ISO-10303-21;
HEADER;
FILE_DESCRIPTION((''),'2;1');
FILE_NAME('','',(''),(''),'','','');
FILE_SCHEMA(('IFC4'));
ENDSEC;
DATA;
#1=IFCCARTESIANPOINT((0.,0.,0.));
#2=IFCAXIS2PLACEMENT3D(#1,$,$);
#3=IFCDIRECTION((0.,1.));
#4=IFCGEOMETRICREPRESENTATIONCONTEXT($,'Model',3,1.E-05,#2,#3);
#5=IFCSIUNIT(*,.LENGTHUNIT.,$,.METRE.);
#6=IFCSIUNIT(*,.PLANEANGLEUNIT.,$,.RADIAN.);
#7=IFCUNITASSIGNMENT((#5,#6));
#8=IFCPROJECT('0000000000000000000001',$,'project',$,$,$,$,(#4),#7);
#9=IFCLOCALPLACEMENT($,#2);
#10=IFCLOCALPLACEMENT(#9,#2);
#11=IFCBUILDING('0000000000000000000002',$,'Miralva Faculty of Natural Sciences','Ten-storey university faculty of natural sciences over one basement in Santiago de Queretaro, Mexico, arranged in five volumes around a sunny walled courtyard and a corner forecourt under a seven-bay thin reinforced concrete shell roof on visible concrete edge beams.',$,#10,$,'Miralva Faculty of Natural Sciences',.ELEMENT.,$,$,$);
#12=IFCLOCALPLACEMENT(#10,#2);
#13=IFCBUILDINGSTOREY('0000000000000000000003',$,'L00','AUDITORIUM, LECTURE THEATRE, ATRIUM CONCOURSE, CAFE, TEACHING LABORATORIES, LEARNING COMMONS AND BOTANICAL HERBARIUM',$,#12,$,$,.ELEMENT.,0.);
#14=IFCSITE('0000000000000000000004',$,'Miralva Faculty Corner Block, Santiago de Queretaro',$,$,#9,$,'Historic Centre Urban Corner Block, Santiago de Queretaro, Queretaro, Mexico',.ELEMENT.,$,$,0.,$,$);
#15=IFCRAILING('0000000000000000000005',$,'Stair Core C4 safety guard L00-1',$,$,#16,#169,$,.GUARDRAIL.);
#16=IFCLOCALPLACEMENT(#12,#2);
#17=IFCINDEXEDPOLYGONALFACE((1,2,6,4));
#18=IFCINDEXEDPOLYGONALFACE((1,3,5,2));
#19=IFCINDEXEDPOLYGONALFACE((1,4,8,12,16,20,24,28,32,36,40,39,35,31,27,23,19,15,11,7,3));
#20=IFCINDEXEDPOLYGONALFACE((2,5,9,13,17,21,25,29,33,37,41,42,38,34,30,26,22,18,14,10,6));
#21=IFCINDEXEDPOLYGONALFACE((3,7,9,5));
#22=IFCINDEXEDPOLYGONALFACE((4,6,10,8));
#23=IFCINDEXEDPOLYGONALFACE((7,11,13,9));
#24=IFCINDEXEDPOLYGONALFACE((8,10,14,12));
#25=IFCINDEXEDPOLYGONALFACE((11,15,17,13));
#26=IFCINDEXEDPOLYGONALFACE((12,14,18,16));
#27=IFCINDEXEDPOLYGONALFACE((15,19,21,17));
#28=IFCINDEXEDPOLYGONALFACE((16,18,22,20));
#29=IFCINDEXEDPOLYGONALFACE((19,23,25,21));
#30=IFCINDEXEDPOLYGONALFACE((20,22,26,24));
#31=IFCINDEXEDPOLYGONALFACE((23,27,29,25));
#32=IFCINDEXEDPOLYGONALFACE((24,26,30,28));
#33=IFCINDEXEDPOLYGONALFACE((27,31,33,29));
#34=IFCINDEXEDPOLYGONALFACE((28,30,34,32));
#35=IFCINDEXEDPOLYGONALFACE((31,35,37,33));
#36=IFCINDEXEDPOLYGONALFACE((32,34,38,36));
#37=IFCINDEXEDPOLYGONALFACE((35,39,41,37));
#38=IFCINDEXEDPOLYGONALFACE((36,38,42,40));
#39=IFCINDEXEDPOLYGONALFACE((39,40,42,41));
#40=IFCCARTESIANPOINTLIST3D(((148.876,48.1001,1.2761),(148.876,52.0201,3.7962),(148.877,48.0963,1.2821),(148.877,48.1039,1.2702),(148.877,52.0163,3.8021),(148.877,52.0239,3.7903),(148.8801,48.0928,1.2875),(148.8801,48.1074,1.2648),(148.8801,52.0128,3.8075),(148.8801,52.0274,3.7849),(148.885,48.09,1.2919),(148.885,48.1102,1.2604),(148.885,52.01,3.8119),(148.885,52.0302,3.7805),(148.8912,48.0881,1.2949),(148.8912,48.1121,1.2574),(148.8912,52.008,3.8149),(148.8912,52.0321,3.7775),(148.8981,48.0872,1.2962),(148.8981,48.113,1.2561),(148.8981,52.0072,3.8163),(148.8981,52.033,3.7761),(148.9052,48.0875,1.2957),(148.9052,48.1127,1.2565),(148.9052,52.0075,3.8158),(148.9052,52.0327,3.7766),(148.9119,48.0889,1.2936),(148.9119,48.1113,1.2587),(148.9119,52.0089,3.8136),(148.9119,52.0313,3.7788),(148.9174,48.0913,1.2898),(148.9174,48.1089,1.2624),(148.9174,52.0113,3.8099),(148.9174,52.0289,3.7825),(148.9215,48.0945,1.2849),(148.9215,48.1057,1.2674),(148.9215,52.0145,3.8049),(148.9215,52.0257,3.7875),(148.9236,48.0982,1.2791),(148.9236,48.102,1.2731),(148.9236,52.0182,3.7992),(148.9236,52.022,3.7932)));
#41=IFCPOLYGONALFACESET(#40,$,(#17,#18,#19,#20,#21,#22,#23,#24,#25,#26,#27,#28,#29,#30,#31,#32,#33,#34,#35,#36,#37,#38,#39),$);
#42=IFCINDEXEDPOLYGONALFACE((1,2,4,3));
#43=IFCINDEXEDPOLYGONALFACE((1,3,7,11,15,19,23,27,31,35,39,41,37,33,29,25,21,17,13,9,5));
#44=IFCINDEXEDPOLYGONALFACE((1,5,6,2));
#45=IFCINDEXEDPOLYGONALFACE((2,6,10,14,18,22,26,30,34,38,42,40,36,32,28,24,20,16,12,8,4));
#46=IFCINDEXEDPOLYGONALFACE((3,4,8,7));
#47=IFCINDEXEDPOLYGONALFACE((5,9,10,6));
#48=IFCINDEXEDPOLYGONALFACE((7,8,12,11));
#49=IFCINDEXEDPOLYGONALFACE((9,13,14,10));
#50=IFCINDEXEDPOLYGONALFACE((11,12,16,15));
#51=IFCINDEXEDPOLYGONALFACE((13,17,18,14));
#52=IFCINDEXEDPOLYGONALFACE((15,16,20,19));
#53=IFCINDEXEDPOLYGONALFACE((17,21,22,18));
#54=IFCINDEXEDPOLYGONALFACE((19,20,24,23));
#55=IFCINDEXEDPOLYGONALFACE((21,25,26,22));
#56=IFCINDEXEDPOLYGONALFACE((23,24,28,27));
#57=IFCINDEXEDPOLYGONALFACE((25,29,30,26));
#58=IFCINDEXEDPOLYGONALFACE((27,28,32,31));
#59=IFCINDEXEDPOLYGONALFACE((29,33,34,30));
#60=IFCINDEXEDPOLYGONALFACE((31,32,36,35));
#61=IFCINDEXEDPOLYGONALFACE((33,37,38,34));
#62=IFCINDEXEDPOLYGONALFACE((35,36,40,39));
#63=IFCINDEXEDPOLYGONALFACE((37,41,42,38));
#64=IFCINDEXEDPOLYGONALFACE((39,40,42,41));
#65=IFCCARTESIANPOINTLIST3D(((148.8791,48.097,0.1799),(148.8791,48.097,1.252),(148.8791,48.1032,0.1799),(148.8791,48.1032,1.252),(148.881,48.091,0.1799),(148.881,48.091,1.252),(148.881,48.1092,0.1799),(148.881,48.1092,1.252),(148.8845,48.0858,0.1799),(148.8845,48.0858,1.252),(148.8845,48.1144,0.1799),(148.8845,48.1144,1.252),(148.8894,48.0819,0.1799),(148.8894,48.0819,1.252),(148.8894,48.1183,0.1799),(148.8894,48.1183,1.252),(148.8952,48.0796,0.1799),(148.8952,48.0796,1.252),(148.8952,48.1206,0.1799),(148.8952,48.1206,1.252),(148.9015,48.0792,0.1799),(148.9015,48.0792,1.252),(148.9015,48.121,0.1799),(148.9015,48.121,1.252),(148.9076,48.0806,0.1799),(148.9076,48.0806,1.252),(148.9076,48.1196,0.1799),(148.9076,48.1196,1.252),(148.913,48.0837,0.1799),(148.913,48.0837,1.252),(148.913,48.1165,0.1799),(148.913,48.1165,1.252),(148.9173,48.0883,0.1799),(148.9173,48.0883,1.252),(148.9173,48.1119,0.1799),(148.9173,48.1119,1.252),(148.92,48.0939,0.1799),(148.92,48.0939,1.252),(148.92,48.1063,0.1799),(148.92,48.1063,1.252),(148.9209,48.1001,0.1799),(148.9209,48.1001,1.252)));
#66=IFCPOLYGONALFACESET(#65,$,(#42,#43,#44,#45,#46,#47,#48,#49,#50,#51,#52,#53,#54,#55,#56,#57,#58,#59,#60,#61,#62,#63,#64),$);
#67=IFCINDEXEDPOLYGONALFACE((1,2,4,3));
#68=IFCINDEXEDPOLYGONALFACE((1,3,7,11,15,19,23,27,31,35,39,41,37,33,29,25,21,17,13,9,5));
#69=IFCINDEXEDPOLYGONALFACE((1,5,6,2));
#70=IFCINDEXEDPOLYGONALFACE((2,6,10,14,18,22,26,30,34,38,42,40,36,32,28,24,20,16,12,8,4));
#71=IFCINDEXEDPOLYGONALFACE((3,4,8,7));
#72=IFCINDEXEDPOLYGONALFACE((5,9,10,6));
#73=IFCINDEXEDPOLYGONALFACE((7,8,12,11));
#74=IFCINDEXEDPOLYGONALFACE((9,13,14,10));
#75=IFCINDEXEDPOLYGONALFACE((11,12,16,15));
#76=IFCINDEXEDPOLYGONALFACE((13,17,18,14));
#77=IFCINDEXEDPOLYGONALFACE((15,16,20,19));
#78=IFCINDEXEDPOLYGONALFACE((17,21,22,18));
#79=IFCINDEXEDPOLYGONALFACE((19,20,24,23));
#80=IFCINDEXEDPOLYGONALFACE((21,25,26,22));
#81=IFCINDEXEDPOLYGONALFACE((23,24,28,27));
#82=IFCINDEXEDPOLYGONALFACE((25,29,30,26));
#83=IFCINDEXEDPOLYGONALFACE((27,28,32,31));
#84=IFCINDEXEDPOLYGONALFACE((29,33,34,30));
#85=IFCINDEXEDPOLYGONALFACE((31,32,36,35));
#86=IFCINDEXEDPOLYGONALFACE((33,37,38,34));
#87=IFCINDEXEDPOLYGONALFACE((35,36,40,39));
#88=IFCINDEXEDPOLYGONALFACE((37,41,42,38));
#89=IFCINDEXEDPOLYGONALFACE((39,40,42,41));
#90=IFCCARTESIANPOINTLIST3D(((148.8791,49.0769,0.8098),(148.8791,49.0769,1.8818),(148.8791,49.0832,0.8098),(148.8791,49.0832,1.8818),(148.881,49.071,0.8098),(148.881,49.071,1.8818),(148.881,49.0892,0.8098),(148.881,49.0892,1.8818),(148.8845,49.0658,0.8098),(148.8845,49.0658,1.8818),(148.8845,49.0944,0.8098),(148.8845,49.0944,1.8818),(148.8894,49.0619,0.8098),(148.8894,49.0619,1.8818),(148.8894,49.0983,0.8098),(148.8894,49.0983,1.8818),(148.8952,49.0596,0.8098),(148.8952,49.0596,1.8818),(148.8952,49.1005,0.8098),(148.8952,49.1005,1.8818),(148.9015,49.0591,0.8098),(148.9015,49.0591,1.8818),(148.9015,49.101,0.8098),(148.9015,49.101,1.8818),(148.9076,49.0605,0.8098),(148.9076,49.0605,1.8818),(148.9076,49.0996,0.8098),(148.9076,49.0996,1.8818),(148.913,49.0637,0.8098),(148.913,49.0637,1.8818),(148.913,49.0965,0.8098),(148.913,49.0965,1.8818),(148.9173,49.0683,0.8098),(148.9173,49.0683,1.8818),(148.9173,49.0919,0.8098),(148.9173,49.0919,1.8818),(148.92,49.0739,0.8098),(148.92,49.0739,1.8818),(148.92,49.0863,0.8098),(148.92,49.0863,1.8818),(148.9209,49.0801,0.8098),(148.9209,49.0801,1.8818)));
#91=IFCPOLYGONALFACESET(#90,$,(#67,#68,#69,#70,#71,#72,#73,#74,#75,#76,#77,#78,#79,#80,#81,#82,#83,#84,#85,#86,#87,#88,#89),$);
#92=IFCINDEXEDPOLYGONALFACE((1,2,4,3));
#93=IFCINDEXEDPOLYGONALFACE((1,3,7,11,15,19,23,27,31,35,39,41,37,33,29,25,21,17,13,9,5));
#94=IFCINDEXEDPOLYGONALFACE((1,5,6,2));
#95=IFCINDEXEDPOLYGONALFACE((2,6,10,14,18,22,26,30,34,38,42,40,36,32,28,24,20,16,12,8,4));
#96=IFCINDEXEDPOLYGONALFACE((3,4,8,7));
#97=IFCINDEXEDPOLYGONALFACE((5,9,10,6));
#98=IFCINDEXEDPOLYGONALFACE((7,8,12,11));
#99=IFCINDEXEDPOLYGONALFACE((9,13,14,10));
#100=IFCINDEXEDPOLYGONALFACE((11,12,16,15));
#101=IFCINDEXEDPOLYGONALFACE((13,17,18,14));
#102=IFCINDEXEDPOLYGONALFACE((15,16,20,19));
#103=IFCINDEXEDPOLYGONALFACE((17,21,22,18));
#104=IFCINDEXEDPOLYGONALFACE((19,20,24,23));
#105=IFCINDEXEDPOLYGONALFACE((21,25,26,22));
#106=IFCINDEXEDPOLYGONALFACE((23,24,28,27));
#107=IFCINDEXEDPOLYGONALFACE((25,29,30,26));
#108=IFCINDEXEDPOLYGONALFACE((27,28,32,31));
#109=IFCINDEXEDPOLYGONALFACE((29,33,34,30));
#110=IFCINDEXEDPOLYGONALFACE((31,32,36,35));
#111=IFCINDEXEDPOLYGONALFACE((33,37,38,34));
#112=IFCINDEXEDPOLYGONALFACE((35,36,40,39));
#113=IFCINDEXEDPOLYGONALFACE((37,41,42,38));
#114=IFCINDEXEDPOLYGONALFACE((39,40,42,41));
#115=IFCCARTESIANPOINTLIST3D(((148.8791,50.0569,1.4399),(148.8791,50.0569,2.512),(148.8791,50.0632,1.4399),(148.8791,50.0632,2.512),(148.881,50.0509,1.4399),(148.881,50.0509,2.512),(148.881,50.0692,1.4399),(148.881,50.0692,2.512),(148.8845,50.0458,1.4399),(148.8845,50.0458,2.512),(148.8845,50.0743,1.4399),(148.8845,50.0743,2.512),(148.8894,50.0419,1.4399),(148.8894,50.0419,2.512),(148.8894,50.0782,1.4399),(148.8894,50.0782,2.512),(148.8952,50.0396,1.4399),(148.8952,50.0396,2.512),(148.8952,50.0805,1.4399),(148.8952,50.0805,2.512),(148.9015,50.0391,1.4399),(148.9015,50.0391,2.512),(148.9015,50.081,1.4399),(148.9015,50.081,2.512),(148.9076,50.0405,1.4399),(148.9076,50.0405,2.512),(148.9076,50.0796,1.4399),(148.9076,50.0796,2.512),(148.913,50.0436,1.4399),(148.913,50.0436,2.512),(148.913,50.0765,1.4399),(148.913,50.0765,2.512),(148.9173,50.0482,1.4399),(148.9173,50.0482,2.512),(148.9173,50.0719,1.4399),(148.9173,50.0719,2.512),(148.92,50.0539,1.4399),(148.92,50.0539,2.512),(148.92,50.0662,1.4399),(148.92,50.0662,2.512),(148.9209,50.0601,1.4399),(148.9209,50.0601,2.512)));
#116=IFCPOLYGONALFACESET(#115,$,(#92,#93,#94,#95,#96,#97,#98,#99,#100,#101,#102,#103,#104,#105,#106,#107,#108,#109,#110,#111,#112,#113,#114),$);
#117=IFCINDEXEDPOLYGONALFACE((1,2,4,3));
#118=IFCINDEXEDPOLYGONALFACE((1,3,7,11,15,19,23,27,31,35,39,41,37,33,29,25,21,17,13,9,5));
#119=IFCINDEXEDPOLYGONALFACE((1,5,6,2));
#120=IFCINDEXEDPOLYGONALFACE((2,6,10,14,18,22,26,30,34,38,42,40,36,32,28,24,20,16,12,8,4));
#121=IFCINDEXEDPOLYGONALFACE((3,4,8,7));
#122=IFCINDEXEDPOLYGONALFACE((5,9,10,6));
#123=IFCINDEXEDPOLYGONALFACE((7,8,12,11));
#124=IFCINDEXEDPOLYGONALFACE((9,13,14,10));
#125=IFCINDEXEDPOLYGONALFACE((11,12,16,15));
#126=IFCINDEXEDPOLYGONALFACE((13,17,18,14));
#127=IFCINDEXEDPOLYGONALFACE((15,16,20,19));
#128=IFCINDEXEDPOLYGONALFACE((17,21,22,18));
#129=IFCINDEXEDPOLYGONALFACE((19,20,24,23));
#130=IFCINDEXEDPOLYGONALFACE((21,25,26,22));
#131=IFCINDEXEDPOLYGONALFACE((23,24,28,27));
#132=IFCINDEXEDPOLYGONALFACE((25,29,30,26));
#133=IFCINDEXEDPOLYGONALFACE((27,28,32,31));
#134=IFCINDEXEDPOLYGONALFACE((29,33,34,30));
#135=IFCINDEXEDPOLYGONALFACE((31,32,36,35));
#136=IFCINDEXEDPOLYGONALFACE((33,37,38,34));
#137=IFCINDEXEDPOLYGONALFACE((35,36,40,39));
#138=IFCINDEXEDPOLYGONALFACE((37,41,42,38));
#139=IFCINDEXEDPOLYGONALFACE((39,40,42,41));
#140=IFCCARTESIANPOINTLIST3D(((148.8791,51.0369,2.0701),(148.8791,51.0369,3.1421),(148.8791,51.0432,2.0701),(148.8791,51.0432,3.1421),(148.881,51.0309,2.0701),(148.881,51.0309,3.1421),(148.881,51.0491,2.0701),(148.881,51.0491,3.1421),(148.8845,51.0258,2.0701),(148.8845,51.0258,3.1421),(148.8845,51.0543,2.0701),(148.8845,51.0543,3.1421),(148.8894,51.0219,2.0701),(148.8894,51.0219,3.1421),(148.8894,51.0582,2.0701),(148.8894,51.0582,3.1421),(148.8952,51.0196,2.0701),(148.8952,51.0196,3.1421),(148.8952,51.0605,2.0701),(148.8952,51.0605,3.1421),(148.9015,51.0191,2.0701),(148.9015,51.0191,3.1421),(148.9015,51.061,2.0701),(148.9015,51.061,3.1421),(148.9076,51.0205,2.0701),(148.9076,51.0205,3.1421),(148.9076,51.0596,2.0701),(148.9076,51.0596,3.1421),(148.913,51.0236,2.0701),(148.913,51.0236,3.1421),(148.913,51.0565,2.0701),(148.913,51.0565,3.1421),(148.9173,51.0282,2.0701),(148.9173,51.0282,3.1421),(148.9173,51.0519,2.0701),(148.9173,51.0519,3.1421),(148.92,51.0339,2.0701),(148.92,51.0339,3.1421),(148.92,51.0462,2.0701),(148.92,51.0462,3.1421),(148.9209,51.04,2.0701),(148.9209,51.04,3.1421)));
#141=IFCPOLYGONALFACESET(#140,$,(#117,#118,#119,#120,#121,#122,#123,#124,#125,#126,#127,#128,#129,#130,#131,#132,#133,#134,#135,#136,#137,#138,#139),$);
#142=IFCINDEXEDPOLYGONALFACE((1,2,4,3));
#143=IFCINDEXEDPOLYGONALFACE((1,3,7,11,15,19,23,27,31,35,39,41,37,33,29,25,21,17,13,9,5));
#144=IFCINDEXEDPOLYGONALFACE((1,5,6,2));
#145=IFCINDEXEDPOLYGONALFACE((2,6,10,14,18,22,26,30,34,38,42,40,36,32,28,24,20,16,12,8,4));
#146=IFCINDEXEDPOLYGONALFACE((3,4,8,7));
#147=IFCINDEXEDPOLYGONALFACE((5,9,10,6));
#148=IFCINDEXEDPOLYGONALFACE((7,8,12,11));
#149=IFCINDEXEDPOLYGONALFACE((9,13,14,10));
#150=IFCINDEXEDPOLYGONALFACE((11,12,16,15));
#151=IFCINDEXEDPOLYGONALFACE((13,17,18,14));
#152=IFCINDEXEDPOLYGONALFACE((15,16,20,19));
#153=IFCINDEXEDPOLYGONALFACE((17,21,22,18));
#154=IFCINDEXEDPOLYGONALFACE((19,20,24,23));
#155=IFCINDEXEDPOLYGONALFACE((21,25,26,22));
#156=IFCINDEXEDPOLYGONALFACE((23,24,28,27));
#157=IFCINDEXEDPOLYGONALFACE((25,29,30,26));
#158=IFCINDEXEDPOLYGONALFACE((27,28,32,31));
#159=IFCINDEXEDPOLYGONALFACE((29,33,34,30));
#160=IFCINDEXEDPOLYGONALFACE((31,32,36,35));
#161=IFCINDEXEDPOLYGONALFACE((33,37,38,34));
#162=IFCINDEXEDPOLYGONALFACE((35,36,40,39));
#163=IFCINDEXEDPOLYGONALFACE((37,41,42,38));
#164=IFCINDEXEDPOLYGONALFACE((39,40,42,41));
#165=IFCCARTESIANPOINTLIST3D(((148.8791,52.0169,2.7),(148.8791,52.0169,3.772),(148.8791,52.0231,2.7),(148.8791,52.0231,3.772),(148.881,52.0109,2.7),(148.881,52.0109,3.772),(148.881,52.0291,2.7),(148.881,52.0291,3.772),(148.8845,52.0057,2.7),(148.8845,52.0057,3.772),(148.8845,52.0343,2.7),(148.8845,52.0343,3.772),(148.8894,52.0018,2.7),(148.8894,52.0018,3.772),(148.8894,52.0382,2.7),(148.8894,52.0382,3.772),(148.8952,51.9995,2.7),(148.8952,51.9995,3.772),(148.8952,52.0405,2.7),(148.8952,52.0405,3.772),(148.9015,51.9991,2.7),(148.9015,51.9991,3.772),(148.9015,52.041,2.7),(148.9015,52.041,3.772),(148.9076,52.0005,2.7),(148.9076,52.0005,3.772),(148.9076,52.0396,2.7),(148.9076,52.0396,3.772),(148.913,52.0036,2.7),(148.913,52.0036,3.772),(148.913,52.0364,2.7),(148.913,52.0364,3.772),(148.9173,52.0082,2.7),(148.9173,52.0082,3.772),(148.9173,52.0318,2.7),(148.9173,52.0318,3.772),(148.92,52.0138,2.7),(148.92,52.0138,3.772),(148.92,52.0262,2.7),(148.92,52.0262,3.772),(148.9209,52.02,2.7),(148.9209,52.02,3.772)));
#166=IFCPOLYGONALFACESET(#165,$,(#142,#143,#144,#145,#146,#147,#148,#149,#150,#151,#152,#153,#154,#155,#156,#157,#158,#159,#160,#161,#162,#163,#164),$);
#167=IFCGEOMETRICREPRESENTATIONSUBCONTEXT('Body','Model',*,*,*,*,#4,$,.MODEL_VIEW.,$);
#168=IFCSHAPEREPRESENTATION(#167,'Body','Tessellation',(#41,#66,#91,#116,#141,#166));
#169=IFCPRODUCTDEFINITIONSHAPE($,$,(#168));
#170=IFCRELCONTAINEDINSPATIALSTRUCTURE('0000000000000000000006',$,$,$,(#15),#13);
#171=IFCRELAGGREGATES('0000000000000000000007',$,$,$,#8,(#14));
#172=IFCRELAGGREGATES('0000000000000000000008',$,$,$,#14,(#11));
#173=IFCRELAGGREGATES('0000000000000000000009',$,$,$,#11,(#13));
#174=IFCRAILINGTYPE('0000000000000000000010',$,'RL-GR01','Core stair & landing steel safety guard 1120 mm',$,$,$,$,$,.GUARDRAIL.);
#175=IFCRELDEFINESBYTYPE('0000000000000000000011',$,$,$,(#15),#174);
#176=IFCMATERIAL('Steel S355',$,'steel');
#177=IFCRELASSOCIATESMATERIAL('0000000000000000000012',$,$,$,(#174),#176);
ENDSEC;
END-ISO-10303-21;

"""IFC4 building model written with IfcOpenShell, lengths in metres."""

from ifc_helpers import new_model, si_unit, direction, frame, origin, origin_2d, place, context, subcontext, project, spatial, circle, extrude, material, type_object, element, save


model = new_model("IFC4")

# Units and contexts
model_context = context("Model", 3, precision=1e-05, world=origin(), true_north=direction((0.0, 1.0)))
body_context = subcontext(model_context, "Body", "Model", "MODEL_VIEW")
ifc_project = project(units=[si_unit("LENGTHUNIT", "METRE"), si_unit("PLANEANGLEUNIT", "RADIAN")], contexts=[model_context])

# Site, building, storey
site_placement = place(None, origin())
site = spatial("IfcSite", under=ifc_project, at=site_placement, Name="Miralva Faculty Corner Block, Santiago de Queretaro", LongName="Historic Centre Urban Corner Block, Santiago de Queretaro, Queretaro, Mexico", CompositionType="ELEMENT", RefElevation=0.0)
building_placement = place(site_placement, origin())
building = spatial("IfcBuilding", under=site, at=building_placement, Name="Miralva Faculty of Natural Sciences", Description="Ten-storey university faculty of natural sciences over one basement in Santiago de Queretaro, Mexico, arranged in five volumes around a sunny walled courtyard and a corner forecourt under a seven-bay thin reinforced concrete shell roof on visible concrete edge beams.", LongName="Miralva Faculty of Natural Sciences", CompositionType="ELEMENT")
storey_placement = place(building_placement, origin())
storey = spatial("IfcBuildingStorey", under=building, at=storey_placement, Name="L00", Description="AUDITORIUM, LECTURE THEATRE, ATRIUM CONCOURSE, CAFE, TEACHING LABORATORIES, LEARNING COMMONS AND BOTANICAL HERBARIUM", CompositionType="ELEMENT", Elevation=0.0)

# Railing
ifc_material_1 = material(Name="Steel S355", Category="steel")
railing_type_1 = type_object("IfcRailingType", Name="RL-GR01", Description="Core stair & landing steel safety guard 1120 mm", PredefinedType="GUARDRAIL", material=ifc_material_1)
railing_1_placement = place(storey_placement, frame((148.8999, 48.1001, 0.1799)))
element("IfcRailing", 1, at=railing_1_placement, inside=storey, type_object=railing_type_1, Name="Stair Core C4 safety guard L00-1", PredefinedType="GUARDRAIL", context=body_context, shape_type="SweptSolid", body=[
    extrude(circle(Radius=0.0239, at=origin_2d()), frame((0.0, 0.0, 1.0962), z_axis=(0.0, 0.841172, 0.540768), x_axis=(-1.0, 0.0, 0.0)), (0.0, 0.0, 1.0), 4.6602),
    extrude(circle(Radius=0.021, at=origin_2d()), origin(), (0.0, 0.0, 1.0), 1.072),
    extrude(circle(Radius=0.021, at=origin_2d()), frame((0.0, 0.98, 0.6299)), (0.0, 0.0, 1.0), 1.072),
    extrude(circle(Radius=0.021, at=origin_2d()), frame((0.0, 1.96, 1.26)), (0.0, 0.0, 1.0), 1.072),
    extrude(circle(Radius=0.021, at=origin_2d()), frame((0.0, 2.9399, 1.8901)), (0.0, 0.0, 1.0), 1.072),
    extrude(circle(Radius=0.021, at=origin_2d()), frame((0.0, 3.9199, 2.52)), (0.0, 0.0, 1.0), 1.072),
])

save(model, "model.ifc")
